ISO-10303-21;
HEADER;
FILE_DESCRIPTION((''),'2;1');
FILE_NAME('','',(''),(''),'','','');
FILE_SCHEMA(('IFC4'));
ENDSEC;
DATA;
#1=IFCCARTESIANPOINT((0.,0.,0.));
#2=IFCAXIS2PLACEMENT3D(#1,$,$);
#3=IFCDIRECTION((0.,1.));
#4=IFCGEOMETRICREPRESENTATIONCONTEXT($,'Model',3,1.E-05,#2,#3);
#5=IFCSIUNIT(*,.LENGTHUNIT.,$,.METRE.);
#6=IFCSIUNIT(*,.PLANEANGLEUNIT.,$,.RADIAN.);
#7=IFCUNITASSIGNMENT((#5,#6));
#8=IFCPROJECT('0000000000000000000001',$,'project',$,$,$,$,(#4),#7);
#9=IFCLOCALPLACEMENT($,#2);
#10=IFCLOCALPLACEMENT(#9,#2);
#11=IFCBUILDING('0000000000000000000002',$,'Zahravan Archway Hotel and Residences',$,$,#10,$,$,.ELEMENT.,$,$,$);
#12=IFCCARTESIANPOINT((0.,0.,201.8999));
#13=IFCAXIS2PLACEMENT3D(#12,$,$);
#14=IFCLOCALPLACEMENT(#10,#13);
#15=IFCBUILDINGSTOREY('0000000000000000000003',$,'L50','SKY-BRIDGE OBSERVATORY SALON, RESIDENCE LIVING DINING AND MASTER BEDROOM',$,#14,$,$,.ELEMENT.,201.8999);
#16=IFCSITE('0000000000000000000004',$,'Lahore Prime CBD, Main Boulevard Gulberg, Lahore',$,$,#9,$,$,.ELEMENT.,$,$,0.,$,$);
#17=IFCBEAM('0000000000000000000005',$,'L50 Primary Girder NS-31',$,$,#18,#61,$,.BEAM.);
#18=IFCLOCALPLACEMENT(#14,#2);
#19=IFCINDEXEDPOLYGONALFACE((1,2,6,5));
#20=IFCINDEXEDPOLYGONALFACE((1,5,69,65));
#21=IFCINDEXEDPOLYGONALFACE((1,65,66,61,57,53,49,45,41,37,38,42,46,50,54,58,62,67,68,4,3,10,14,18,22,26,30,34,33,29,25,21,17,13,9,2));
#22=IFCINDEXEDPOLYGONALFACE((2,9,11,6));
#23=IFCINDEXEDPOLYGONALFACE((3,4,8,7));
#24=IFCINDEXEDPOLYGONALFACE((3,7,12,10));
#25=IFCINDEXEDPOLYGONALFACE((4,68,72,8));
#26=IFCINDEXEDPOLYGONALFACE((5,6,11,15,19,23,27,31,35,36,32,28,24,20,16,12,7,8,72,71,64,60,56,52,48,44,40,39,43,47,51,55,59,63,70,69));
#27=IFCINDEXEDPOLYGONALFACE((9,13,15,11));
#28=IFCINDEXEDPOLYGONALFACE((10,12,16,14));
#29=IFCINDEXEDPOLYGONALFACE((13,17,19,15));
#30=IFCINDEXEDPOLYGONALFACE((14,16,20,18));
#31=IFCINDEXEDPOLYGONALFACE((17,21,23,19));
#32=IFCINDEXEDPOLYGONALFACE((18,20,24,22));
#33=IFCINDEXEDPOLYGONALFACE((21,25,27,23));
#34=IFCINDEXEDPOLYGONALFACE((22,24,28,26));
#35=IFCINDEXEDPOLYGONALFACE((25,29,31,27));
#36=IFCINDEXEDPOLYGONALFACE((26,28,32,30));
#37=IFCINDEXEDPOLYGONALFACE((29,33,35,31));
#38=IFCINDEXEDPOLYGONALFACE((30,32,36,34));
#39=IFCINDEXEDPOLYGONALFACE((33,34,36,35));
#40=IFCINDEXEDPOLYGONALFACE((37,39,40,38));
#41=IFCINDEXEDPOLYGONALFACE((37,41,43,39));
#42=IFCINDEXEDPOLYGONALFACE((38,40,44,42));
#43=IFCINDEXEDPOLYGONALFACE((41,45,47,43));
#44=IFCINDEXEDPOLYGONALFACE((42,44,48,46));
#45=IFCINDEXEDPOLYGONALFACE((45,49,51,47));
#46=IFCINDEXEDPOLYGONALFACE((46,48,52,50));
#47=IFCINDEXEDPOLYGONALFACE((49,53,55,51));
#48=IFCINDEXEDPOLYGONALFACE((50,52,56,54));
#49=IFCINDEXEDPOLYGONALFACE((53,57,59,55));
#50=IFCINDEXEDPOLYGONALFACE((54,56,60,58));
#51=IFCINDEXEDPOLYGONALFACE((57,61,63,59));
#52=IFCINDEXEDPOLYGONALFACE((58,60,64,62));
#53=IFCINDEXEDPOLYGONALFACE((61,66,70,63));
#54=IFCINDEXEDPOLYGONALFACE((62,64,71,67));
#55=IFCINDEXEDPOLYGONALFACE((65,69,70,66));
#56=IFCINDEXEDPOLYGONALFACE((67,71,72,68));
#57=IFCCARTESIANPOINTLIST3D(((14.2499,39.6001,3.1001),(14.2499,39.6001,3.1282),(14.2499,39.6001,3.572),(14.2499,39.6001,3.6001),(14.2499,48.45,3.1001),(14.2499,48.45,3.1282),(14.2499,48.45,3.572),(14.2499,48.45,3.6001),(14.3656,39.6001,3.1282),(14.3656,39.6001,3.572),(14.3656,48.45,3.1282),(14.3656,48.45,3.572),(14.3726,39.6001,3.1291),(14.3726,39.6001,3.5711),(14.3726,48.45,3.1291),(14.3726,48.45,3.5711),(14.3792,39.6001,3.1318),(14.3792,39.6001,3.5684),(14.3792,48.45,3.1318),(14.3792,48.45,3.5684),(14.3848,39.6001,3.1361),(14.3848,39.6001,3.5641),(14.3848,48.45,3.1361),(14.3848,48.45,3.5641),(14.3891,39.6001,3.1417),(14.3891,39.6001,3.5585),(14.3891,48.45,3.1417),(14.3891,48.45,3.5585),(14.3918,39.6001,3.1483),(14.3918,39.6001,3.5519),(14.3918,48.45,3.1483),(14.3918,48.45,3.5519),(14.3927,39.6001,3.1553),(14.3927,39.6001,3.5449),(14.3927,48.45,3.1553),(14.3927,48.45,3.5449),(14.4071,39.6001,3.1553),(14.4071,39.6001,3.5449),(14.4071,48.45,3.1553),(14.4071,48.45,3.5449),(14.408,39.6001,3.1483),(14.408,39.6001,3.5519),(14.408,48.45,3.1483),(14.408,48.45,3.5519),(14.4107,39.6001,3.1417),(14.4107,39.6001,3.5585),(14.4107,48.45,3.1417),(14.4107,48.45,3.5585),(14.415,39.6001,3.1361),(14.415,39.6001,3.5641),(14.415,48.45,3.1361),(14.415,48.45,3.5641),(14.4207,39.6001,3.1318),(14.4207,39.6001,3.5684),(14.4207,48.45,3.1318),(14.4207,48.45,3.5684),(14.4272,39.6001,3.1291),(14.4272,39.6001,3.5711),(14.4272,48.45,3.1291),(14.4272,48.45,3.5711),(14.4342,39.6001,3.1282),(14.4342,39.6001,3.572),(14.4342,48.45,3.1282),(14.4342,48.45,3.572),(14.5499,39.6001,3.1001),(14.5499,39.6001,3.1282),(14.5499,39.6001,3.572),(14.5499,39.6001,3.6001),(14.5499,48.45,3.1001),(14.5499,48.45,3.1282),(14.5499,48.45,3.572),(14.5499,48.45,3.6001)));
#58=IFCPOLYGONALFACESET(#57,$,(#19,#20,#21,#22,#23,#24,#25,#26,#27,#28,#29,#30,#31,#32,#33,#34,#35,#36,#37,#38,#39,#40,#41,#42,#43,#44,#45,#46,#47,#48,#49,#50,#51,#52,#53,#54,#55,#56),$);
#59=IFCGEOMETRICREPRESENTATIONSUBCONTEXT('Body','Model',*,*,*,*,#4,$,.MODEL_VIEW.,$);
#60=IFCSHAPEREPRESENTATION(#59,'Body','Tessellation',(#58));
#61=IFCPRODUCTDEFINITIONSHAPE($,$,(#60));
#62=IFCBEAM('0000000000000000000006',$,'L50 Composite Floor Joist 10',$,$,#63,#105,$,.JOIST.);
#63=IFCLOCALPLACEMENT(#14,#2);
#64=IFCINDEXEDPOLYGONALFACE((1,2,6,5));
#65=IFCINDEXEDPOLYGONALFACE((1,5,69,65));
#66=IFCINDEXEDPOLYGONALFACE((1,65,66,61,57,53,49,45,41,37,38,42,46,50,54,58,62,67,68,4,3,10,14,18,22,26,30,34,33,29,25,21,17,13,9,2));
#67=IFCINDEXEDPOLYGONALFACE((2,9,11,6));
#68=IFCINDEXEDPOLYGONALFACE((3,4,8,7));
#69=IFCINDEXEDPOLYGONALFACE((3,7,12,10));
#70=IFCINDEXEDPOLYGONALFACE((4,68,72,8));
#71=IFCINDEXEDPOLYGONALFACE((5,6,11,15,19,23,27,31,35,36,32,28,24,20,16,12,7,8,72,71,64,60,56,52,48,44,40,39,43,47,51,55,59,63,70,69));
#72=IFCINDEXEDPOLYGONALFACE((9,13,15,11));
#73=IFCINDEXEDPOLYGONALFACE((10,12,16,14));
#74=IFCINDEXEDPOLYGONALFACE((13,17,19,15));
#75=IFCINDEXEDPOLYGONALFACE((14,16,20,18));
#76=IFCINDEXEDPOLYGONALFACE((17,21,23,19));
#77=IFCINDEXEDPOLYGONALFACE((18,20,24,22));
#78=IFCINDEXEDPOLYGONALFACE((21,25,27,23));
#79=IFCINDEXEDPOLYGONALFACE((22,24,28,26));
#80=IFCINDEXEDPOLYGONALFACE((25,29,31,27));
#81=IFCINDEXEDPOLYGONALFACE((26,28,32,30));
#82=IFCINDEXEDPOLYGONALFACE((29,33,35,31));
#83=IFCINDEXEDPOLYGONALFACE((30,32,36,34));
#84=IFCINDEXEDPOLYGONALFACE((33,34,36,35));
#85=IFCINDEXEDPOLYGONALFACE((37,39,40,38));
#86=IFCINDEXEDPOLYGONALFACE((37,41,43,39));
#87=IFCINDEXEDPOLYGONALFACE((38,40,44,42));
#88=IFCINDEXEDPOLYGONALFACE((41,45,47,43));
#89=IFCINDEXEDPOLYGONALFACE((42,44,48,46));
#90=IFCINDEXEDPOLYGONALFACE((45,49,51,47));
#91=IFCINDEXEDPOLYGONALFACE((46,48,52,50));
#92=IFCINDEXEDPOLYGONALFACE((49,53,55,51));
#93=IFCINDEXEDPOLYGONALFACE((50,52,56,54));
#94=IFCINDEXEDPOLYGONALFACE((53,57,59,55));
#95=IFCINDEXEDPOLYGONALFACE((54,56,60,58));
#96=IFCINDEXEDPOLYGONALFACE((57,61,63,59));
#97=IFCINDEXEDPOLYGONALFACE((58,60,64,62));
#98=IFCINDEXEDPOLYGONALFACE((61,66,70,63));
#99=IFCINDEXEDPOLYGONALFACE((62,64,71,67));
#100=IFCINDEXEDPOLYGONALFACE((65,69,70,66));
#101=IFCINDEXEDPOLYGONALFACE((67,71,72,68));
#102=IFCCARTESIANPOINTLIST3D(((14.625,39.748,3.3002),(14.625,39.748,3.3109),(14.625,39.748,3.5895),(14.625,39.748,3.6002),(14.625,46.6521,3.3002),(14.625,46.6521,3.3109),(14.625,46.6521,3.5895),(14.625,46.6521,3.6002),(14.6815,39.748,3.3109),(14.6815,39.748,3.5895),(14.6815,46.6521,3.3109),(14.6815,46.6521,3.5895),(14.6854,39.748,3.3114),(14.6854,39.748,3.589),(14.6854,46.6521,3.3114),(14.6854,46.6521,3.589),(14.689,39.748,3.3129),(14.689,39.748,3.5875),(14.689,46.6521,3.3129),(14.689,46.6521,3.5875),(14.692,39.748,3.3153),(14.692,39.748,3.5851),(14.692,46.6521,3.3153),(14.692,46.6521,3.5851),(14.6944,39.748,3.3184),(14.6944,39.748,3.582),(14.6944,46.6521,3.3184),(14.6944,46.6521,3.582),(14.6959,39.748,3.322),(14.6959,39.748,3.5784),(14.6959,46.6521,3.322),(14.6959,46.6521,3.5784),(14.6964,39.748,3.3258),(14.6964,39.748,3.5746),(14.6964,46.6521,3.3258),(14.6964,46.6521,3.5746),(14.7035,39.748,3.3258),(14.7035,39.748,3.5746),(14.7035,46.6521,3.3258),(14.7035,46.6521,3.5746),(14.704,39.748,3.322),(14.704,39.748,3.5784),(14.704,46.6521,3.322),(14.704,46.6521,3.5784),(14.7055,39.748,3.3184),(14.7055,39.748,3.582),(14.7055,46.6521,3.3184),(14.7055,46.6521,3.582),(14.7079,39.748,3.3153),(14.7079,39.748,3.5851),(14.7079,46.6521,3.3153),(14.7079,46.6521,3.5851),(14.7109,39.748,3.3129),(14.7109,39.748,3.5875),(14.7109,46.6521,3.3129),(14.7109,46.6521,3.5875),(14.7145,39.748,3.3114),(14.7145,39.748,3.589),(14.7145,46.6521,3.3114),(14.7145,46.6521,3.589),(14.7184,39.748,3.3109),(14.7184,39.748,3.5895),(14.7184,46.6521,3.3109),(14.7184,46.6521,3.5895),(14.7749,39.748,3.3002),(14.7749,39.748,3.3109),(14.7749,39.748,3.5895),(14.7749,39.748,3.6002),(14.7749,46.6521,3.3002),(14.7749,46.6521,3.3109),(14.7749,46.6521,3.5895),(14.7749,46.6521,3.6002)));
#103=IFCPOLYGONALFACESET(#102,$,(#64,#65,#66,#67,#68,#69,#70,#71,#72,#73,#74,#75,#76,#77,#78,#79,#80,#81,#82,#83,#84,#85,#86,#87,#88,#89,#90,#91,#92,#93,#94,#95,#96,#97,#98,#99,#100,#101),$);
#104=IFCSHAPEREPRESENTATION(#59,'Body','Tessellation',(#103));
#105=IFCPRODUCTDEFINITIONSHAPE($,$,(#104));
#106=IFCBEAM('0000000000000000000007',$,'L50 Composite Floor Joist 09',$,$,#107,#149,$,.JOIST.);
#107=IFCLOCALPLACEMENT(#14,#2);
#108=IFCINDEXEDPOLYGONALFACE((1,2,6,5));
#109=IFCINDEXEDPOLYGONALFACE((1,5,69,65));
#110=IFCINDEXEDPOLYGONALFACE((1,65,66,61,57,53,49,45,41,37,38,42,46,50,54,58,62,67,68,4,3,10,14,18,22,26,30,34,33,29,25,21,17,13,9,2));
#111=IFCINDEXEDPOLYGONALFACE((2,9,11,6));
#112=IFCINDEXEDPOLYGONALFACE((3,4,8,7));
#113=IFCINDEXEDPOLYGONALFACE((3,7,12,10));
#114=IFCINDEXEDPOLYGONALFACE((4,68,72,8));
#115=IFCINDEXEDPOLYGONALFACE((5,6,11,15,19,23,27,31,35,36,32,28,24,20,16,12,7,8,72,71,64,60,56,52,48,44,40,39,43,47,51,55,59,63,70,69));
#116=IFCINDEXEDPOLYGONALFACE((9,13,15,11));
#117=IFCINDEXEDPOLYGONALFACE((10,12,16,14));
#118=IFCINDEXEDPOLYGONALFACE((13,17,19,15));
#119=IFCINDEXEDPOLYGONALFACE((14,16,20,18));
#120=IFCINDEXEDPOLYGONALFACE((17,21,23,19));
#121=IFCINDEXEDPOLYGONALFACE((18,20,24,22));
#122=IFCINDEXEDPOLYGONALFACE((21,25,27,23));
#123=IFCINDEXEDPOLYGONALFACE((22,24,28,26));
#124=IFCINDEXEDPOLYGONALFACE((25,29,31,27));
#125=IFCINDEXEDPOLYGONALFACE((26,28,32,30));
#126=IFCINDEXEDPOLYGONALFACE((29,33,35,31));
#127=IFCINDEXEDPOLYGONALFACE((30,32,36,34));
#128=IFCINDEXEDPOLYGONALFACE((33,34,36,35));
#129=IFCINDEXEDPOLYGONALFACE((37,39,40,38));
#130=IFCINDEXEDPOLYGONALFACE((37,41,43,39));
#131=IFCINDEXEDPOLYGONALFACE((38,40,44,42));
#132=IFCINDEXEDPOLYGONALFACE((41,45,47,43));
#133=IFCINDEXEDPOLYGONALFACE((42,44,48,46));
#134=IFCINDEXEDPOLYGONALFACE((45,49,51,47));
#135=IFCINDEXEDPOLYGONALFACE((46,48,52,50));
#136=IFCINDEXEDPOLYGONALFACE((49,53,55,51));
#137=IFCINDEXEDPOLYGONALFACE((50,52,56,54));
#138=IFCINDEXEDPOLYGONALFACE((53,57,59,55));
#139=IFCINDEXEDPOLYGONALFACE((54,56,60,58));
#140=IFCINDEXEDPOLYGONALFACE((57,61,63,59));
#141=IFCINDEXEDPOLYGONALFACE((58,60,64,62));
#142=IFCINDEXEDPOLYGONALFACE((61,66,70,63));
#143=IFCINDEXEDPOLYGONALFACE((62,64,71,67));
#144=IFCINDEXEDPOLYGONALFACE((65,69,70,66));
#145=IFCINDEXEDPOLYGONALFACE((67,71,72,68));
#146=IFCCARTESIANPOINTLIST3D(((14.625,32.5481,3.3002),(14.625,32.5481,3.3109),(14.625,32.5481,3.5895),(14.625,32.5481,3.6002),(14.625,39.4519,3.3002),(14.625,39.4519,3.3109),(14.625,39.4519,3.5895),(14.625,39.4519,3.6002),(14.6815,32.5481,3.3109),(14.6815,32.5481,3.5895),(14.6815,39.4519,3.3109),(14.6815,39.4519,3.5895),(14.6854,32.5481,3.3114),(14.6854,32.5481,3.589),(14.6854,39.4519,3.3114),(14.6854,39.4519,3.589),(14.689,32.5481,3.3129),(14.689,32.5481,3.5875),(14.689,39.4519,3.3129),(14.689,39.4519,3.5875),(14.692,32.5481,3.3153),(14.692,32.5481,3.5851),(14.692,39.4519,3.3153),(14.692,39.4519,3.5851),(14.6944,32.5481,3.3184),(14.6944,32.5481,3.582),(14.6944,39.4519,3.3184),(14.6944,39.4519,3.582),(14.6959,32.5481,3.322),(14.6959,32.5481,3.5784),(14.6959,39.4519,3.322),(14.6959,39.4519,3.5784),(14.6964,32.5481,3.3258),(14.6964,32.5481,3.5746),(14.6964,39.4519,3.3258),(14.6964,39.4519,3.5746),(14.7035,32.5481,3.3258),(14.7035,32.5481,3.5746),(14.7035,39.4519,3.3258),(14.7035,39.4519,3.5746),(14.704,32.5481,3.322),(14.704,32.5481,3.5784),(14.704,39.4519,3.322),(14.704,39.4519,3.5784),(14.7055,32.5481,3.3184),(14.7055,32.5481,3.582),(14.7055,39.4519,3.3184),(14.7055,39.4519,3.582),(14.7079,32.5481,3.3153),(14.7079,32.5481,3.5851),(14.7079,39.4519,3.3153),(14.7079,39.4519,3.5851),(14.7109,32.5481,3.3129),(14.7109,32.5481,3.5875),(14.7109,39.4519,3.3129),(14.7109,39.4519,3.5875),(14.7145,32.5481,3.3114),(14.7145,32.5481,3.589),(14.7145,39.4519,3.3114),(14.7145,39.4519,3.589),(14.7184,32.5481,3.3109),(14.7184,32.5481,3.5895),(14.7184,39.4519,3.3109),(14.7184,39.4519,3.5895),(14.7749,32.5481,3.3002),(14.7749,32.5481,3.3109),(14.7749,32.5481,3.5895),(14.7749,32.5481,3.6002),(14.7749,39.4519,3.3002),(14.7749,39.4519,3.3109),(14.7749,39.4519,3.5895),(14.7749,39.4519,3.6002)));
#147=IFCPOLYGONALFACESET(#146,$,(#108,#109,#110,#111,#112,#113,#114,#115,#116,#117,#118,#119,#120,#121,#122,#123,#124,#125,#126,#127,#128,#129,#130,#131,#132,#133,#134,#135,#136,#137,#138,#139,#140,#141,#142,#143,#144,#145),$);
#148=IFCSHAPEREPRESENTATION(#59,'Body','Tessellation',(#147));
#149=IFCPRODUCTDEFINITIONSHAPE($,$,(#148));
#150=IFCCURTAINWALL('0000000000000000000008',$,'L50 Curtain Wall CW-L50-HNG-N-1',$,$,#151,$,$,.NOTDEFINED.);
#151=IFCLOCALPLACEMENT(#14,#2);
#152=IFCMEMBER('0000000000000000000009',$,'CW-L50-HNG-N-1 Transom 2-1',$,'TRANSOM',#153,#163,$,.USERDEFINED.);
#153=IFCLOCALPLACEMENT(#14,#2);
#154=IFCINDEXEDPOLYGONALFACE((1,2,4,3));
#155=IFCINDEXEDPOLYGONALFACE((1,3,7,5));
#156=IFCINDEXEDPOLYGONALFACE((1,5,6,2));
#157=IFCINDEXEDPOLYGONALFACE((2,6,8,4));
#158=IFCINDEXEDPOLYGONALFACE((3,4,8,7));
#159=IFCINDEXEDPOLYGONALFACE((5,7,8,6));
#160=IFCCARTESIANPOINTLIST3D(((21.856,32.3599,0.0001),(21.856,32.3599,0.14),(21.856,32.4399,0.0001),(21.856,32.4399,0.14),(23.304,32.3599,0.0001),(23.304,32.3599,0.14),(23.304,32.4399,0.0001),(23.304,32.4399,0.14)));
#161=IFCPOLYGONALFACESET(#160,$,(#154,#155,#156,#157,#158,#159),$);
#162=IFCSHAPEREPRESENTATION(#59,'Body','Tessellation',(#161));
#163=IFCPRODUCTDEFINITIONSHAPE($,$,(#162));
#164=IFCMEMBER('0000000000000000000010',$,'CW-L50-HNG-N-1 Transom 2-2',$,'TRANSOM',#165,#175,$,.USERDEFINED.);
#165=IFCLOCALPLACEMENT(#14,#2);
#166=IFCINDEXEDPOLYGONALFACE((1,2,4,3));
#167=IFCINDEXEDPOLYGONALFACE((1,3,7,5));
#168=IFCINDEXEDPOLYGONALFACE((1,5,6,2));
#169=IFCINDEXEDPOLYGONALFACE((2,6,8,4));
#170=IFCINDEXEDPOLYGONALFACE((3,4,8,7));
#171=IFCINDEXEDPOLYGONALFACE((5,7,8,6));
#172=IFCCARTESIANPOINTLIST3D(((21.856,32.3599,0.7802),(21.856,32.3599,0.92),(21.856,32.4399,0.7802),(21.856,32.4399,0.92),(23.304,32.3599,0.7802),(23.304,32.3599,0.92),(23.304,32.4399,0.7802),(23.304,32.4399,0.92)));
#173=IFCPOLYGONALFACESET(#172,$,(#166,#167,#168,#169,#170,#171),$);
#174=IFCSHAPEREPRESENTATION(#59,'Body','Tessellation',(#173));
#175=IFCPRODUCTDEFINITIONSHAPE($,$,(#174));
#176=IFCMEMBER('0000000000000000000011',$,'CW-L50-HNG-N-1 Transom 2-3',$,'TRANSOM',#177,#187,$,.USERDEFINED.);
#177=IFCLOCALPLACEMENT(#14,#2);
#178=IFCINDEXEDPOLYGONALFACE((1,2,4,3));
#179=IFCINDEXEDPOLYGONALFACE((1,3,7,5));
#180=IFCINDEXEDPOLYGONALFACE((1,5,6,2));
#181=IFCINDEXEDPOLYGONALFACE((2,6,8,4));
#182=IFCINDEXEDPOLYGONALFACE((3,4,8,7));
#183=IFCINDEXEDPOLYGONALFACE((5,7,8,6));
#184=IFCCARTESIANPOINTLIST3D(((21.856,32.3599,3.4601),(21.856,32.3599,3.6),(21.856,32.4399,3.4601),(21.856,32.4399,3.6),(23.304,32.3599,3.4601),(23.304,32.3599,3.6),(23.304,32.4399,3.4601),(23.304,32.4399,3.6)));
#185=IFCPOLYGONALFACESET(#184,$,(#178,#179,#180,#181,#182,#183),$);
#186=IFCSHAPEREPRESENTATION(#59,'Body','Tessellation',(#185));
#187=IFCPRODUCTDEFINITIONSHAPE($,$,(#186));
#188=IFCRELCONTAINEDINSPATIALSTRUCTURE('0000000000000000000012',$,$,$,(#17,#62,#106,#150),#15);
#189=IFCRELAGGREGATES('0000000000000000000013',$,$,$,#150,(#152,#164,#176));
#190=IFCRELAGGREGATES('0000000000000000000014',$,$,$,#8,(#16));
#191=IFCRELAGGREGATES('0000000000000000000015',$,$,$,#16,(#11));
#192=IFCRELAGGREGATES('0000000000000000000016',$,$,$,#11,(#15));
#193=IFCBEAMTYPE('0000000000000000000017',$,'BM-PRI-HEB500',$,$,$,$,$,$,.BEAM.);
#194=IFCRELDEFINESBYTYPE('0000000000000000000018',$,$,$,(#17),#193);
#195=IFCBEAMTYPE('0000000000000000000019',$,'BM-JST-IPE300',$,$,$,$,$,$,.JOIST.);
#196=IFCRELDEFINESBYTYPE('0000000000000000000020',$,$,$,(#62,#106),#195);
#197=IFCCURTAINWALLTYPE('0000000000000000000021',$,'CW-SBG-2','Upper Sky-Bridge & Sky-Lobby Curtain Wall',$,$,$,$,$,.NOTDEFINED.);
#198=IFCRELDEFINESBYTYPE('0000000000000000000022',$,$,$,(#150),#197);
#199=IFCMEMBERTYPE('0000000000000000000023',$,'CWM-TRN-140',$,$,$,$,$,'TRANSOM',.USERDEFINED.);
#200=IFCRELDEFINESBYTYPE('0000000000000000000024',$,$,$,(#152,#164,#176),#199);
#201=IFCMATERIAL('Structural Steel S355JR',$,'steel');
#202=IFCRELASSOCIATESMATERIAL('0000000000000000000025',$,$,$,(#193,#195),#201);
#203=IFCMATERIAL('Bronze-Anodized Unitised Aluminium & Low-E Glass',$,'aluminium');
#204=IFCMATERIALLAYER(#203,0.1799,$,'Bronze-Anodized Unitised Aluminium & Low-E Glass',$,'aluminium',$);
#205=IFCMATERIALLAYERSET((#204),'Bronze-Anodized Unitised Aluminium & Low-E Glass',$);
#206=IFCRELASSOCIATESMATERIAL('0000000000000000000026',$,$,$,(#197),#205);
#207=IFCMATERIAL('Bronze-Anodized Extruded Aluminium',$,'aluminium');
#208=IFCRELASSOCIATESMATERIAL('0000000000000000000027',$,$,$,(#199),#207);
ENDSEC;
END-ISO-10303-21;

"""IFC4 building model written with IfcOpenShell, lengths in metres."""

from ifc_helpers import new_model, si_unit, direction, frame, origin, origin_2d, place, context, subcontext, project, spatial, rectangle, i_section, extrude, source, transform, mapped, material, layer, layer_set, material_profile, profile_set, type_object, type_shapes, element, aggregate, save


model = new_model("IFC4")

# Units and contexts
model_context = context("Model", 3, precision=1e-05, world=origin(), true_north=direction((0.0, 1.0)))
body_context = subcontext(model_context, "Body", "Model", "MODEL_VIEW")
ifc_project = project(units=[si_unit("LENGTHUNIT", "METRE"), si_unit("PLANEANGLEUNIT", "RADIAN")], contexts=[model_context])

# Site, building, storey
site_placement = place(None, origin())
site = spatial("IfcSite", under=ifc_project, at=site_placement, Name="Lahore Prime CBD, Main Boulevard Gulberg, Lahore", CompositionType="ELEMENT", RefElevation=0.0)
building_placement = place(site_placement, origin())
building = spatial("IfcBuilding", under=site, at=building_placement, Name="Zahravan Archway Hotel and Residences", CompositionType="ELEMENT")
storey_placement = place(building_placement, frame((0.0, 0.0, 201.8999)))
storey = spatial("IfcBuildingStorey", under=building, at=storey_placement, Name="L50", Description="SKY-BRIDGE OBSERVATORY SALON, RESIDENCE LIVING DINING AND MASTER BEDROOM", CompositionType="ELEMENT", Elevation=201.8999)

# Beams
ifc_material_1 = material(Name="Structural Steel S355JR", Category="steel")
ifc_material_profile_1 = material_profile(ifc_material_1, i_section(OverallWidth=0.3, OverallDepth=0.5, WebThickness=0.0144, FlangeThickness=0.0281, FilletRadius=0.0271, at=origin_2d()), Name="HEB 500", Category="steel")
ifc_profile_set_1 = profile_set([ifc_material_profile_1], Name="Structural Steel S355JR")
beam_type_1 = type_object("IfcBeamType", Name="BM-PRI-HEB500", PredefinedType="BEAM", material=ifc_profile_set_1)
shared_shape_1 = source(origin(), body_context, "Body", "SweptSolid", [
    extrude(i_section(OverallWidth=0.3, OverallDepth=0.5, WebThickness=0.0144, FlangeThickness=0.0281, FilletRadius=0.0271, at=origin_2d()), origin(), (0.0, 0.0, 1.0), 8.8499),
])
beam_1_placement = place(storey_placement, frame((14.3999, 39.6001, 3.3501), z_axis=(0.0, 1.0, 0.0), x_axis=(-1.0, 0.0, 0.0)))
element("IfcBeam", 1, at=beam_1_placement, inside=storey, type_object=beam_type_1, Name="L50 Primary Girder NS-31", PredefinedType="BEAM", context=body_context, shape_type="MappedRepresentation", body=[
    mapped(shared_shape_1, transform((0.0, 0.0, 0.0), scale=1.0)),
])
ifc_material_profile_2 = material_profile(ifc_material_1, i_section(OverallWidth=0.1499, OverallDepth=0.3, WebThickness=0.0071, FlangeThickness=0.0107, FilletRadius=0.0149, at=origin_2d()), Name="IPE 300", Category="steel")
ifc_profile_set_2 = profile_set([ifc_material_profile_2], Name="Structural Steel S355JR")
beam_type_2 = type_object("IfcBeamType", Name="BM-JST-IPE300", PredefinedType="JOIST", material=ifc_profile_set_2)
shared_shape_2 = source(origin(), body_context, "Body", "SweptSolid", [
    extrude(i_section(OverallWidth=0.1499, OverallDepth=0.3, WebThickness=0.0071, FlangeThickness=0.0107, FilletRadius=0.0149, at=origin_2d()), origin(), (0.0, 0.0, 1.0), 6.9041),
])
type_shapes(beam_type_2, [shared_shape_2])
beam_2_placement = place(storey_placement, frame((14.7, 39.748, 3.4502), z_axis=(0.0, 1.0, 0.0), x_axis=(-1.0, 0.0, 0.0)))
element("IfcBeam", 2, at=beam_2_placement, inside=storey, type_object=beam_type_2, Name="L50 Composite Floor Joist 10", PredefinedType="JOIST", context=body_context, shape_type="MappedRepresentation", body=[
    mapped(shared_shape_2, transform((0.0, 0.0, 0.0), scale=1.0)),
])
shared_shape_3 = source(origin(), body_context, "Body", "SweptSolid", [
    extrude(i_section(OverallWidth=0.1499, OverallDepth=0.3, WebThickness=0.0071, FlangeThickness=0.0107, FilletRadius=0.0149, at=origin_2d()), origin(), (0.0, 0.0, 1.0), 6.9038),
])
beam_3_placement = place(storey_placement, frame((14.7, 32.5481, 3.4502), z_axis=(0.0, 1.0, 0.0), x_axis=(-1.0, 0.0, 0.0)))
element("IfcBeam", 3, at=beam_3_placement, inside=storey, type_object=beam_type_2, Name="L50 Composite Floor Joist 09", PredefinedType="JOIST", context=body_context, shape_type="MappedRepresentation", body=[
    mapped(shared_shape_3, transform((0.0, 0.0, 0.0), scale=1.0)),
])

# Curtain wall, members
ifc_material_2 = material(Name="Bronze-Anodized Unitised Aluminium & Low-E Glass", Category="aluminium")
ifc_layer_1 = layer(ifc_material_2, 0.1799, Name="Bronze-Anodized Unitised Aluminium & Low-E Glass", Category="aluminium")
ifc_layer_set_1 = layer_set([ifc_layer_1], Name="Bronze-Anodized Unitised Aluminium & Low-E Glass")
curtain_wall_type = type_object("IfcCurtainWallType", Name="CW-SBG-2", Description="Upper Sky-Bridge & Sky-Lobby Curtain Wall", PredefinedType="NOTDEFINED", material=ifc_layer_set_1)
curtain_wall_placement = place(storey_placement, origin())
curtain_wall = element("IfcCurtainWall", 4, at=curtain_wall_placement, inside=storey, type_object=curtain_wall_type, Name="L50 Curtain Wall CW-L50-HNG-N-1", PredefinedType="NOTDEFINED")
ifc_material_3 = material(Name="Bronze-Anodized Extruded Aluminium", Category="aluminium")
ifc_material_profile_3 = material_profile(ifc_material_3, rectangle(XDim=0.0801, YDim=0.1399, at=origin_2d()), Name="TRN 80x140", Category="aluminium")
ifc_profile_set_3 = profile_set([ifc_material_profile_3], Name="Bronze-Anodized Extruded Aluminium")
member_type_1 = type_object("IfcMemberType", Name="CWM-TRN-140", ElementType="TRANSOM", PredefinedType="USERDEFINED", material=ifc_profile_set_3)
shared_shape_4 = source(origin(), body_context, "Body", "SweptSolid", [
    extrude(rectangle(XDim=0.0801, YDim=0.1399, at=origin_2d()), origin(), (0.0, 0.0, 1.0), 1.448),
])
member_1_placement = place(storey_placement, frame((21.856, 32.3999, 0.0701), z_axis=(1.0, 0.0, 0.0), x_axis=(0.0, 1.0, 0.0)))
member_1 = element("IfcMember", 5, at=member_1_placement, type_object=member_type_1, Name="CW-L50-HNG-N-1 Transom 2-1", ObjectType="TRANSOM", PredefinedType="USERDEFINED", context=body_context, shape_type="MappedRepresentation", body=[
    mapped(shared_shape_4, transform((0.0, 0.0, 0.0), scale=1.0)),
])
member_2_placement = place(storey_placement, frame((21.856, 32.3999, 0.8501), z_axis=(1.0, 0.0, 0.0), x_axis=(0.0, 1.0, 0.0)))
member_2 = element("IfcMember", 6, at=member_2_placement, type_object=member_type_1, Name="CW-L50-HNG-N-1 Transom 2-2", ObjectType="TRANSOM", PredefinedType="USERDEFINED", context=body_context, shape_type="MappedRepresentation", body=[
    mapped(shared_shape_4, transform((0.0, 0.0, 0.0), scale=1.0)),
])
member_3_placement = place(storey_placement, frame((21.856, 32.3999, 3.53), z_axis=(1.0, 0.0, 0.0), x_axis=(0.0, 1.0, 0.0)))
member_3 = element("IfcMember", 7, at=member_3_placement, type_object=member_type_1, Name="CW-L50-HNG-N-1 Transom 2-3", ObjectType="TRANSOM", PredefinedType="USERDEFINED", context=body_context, shape_type="MappedRepresentation", body=[
    mapped(shared_shape_4, transform((0.0, 0.0, 0.0), scale=1.0)),
])
aggregate(curtain_wall, [member_1, member_2, member_3])

save(model, "model.ifc")
